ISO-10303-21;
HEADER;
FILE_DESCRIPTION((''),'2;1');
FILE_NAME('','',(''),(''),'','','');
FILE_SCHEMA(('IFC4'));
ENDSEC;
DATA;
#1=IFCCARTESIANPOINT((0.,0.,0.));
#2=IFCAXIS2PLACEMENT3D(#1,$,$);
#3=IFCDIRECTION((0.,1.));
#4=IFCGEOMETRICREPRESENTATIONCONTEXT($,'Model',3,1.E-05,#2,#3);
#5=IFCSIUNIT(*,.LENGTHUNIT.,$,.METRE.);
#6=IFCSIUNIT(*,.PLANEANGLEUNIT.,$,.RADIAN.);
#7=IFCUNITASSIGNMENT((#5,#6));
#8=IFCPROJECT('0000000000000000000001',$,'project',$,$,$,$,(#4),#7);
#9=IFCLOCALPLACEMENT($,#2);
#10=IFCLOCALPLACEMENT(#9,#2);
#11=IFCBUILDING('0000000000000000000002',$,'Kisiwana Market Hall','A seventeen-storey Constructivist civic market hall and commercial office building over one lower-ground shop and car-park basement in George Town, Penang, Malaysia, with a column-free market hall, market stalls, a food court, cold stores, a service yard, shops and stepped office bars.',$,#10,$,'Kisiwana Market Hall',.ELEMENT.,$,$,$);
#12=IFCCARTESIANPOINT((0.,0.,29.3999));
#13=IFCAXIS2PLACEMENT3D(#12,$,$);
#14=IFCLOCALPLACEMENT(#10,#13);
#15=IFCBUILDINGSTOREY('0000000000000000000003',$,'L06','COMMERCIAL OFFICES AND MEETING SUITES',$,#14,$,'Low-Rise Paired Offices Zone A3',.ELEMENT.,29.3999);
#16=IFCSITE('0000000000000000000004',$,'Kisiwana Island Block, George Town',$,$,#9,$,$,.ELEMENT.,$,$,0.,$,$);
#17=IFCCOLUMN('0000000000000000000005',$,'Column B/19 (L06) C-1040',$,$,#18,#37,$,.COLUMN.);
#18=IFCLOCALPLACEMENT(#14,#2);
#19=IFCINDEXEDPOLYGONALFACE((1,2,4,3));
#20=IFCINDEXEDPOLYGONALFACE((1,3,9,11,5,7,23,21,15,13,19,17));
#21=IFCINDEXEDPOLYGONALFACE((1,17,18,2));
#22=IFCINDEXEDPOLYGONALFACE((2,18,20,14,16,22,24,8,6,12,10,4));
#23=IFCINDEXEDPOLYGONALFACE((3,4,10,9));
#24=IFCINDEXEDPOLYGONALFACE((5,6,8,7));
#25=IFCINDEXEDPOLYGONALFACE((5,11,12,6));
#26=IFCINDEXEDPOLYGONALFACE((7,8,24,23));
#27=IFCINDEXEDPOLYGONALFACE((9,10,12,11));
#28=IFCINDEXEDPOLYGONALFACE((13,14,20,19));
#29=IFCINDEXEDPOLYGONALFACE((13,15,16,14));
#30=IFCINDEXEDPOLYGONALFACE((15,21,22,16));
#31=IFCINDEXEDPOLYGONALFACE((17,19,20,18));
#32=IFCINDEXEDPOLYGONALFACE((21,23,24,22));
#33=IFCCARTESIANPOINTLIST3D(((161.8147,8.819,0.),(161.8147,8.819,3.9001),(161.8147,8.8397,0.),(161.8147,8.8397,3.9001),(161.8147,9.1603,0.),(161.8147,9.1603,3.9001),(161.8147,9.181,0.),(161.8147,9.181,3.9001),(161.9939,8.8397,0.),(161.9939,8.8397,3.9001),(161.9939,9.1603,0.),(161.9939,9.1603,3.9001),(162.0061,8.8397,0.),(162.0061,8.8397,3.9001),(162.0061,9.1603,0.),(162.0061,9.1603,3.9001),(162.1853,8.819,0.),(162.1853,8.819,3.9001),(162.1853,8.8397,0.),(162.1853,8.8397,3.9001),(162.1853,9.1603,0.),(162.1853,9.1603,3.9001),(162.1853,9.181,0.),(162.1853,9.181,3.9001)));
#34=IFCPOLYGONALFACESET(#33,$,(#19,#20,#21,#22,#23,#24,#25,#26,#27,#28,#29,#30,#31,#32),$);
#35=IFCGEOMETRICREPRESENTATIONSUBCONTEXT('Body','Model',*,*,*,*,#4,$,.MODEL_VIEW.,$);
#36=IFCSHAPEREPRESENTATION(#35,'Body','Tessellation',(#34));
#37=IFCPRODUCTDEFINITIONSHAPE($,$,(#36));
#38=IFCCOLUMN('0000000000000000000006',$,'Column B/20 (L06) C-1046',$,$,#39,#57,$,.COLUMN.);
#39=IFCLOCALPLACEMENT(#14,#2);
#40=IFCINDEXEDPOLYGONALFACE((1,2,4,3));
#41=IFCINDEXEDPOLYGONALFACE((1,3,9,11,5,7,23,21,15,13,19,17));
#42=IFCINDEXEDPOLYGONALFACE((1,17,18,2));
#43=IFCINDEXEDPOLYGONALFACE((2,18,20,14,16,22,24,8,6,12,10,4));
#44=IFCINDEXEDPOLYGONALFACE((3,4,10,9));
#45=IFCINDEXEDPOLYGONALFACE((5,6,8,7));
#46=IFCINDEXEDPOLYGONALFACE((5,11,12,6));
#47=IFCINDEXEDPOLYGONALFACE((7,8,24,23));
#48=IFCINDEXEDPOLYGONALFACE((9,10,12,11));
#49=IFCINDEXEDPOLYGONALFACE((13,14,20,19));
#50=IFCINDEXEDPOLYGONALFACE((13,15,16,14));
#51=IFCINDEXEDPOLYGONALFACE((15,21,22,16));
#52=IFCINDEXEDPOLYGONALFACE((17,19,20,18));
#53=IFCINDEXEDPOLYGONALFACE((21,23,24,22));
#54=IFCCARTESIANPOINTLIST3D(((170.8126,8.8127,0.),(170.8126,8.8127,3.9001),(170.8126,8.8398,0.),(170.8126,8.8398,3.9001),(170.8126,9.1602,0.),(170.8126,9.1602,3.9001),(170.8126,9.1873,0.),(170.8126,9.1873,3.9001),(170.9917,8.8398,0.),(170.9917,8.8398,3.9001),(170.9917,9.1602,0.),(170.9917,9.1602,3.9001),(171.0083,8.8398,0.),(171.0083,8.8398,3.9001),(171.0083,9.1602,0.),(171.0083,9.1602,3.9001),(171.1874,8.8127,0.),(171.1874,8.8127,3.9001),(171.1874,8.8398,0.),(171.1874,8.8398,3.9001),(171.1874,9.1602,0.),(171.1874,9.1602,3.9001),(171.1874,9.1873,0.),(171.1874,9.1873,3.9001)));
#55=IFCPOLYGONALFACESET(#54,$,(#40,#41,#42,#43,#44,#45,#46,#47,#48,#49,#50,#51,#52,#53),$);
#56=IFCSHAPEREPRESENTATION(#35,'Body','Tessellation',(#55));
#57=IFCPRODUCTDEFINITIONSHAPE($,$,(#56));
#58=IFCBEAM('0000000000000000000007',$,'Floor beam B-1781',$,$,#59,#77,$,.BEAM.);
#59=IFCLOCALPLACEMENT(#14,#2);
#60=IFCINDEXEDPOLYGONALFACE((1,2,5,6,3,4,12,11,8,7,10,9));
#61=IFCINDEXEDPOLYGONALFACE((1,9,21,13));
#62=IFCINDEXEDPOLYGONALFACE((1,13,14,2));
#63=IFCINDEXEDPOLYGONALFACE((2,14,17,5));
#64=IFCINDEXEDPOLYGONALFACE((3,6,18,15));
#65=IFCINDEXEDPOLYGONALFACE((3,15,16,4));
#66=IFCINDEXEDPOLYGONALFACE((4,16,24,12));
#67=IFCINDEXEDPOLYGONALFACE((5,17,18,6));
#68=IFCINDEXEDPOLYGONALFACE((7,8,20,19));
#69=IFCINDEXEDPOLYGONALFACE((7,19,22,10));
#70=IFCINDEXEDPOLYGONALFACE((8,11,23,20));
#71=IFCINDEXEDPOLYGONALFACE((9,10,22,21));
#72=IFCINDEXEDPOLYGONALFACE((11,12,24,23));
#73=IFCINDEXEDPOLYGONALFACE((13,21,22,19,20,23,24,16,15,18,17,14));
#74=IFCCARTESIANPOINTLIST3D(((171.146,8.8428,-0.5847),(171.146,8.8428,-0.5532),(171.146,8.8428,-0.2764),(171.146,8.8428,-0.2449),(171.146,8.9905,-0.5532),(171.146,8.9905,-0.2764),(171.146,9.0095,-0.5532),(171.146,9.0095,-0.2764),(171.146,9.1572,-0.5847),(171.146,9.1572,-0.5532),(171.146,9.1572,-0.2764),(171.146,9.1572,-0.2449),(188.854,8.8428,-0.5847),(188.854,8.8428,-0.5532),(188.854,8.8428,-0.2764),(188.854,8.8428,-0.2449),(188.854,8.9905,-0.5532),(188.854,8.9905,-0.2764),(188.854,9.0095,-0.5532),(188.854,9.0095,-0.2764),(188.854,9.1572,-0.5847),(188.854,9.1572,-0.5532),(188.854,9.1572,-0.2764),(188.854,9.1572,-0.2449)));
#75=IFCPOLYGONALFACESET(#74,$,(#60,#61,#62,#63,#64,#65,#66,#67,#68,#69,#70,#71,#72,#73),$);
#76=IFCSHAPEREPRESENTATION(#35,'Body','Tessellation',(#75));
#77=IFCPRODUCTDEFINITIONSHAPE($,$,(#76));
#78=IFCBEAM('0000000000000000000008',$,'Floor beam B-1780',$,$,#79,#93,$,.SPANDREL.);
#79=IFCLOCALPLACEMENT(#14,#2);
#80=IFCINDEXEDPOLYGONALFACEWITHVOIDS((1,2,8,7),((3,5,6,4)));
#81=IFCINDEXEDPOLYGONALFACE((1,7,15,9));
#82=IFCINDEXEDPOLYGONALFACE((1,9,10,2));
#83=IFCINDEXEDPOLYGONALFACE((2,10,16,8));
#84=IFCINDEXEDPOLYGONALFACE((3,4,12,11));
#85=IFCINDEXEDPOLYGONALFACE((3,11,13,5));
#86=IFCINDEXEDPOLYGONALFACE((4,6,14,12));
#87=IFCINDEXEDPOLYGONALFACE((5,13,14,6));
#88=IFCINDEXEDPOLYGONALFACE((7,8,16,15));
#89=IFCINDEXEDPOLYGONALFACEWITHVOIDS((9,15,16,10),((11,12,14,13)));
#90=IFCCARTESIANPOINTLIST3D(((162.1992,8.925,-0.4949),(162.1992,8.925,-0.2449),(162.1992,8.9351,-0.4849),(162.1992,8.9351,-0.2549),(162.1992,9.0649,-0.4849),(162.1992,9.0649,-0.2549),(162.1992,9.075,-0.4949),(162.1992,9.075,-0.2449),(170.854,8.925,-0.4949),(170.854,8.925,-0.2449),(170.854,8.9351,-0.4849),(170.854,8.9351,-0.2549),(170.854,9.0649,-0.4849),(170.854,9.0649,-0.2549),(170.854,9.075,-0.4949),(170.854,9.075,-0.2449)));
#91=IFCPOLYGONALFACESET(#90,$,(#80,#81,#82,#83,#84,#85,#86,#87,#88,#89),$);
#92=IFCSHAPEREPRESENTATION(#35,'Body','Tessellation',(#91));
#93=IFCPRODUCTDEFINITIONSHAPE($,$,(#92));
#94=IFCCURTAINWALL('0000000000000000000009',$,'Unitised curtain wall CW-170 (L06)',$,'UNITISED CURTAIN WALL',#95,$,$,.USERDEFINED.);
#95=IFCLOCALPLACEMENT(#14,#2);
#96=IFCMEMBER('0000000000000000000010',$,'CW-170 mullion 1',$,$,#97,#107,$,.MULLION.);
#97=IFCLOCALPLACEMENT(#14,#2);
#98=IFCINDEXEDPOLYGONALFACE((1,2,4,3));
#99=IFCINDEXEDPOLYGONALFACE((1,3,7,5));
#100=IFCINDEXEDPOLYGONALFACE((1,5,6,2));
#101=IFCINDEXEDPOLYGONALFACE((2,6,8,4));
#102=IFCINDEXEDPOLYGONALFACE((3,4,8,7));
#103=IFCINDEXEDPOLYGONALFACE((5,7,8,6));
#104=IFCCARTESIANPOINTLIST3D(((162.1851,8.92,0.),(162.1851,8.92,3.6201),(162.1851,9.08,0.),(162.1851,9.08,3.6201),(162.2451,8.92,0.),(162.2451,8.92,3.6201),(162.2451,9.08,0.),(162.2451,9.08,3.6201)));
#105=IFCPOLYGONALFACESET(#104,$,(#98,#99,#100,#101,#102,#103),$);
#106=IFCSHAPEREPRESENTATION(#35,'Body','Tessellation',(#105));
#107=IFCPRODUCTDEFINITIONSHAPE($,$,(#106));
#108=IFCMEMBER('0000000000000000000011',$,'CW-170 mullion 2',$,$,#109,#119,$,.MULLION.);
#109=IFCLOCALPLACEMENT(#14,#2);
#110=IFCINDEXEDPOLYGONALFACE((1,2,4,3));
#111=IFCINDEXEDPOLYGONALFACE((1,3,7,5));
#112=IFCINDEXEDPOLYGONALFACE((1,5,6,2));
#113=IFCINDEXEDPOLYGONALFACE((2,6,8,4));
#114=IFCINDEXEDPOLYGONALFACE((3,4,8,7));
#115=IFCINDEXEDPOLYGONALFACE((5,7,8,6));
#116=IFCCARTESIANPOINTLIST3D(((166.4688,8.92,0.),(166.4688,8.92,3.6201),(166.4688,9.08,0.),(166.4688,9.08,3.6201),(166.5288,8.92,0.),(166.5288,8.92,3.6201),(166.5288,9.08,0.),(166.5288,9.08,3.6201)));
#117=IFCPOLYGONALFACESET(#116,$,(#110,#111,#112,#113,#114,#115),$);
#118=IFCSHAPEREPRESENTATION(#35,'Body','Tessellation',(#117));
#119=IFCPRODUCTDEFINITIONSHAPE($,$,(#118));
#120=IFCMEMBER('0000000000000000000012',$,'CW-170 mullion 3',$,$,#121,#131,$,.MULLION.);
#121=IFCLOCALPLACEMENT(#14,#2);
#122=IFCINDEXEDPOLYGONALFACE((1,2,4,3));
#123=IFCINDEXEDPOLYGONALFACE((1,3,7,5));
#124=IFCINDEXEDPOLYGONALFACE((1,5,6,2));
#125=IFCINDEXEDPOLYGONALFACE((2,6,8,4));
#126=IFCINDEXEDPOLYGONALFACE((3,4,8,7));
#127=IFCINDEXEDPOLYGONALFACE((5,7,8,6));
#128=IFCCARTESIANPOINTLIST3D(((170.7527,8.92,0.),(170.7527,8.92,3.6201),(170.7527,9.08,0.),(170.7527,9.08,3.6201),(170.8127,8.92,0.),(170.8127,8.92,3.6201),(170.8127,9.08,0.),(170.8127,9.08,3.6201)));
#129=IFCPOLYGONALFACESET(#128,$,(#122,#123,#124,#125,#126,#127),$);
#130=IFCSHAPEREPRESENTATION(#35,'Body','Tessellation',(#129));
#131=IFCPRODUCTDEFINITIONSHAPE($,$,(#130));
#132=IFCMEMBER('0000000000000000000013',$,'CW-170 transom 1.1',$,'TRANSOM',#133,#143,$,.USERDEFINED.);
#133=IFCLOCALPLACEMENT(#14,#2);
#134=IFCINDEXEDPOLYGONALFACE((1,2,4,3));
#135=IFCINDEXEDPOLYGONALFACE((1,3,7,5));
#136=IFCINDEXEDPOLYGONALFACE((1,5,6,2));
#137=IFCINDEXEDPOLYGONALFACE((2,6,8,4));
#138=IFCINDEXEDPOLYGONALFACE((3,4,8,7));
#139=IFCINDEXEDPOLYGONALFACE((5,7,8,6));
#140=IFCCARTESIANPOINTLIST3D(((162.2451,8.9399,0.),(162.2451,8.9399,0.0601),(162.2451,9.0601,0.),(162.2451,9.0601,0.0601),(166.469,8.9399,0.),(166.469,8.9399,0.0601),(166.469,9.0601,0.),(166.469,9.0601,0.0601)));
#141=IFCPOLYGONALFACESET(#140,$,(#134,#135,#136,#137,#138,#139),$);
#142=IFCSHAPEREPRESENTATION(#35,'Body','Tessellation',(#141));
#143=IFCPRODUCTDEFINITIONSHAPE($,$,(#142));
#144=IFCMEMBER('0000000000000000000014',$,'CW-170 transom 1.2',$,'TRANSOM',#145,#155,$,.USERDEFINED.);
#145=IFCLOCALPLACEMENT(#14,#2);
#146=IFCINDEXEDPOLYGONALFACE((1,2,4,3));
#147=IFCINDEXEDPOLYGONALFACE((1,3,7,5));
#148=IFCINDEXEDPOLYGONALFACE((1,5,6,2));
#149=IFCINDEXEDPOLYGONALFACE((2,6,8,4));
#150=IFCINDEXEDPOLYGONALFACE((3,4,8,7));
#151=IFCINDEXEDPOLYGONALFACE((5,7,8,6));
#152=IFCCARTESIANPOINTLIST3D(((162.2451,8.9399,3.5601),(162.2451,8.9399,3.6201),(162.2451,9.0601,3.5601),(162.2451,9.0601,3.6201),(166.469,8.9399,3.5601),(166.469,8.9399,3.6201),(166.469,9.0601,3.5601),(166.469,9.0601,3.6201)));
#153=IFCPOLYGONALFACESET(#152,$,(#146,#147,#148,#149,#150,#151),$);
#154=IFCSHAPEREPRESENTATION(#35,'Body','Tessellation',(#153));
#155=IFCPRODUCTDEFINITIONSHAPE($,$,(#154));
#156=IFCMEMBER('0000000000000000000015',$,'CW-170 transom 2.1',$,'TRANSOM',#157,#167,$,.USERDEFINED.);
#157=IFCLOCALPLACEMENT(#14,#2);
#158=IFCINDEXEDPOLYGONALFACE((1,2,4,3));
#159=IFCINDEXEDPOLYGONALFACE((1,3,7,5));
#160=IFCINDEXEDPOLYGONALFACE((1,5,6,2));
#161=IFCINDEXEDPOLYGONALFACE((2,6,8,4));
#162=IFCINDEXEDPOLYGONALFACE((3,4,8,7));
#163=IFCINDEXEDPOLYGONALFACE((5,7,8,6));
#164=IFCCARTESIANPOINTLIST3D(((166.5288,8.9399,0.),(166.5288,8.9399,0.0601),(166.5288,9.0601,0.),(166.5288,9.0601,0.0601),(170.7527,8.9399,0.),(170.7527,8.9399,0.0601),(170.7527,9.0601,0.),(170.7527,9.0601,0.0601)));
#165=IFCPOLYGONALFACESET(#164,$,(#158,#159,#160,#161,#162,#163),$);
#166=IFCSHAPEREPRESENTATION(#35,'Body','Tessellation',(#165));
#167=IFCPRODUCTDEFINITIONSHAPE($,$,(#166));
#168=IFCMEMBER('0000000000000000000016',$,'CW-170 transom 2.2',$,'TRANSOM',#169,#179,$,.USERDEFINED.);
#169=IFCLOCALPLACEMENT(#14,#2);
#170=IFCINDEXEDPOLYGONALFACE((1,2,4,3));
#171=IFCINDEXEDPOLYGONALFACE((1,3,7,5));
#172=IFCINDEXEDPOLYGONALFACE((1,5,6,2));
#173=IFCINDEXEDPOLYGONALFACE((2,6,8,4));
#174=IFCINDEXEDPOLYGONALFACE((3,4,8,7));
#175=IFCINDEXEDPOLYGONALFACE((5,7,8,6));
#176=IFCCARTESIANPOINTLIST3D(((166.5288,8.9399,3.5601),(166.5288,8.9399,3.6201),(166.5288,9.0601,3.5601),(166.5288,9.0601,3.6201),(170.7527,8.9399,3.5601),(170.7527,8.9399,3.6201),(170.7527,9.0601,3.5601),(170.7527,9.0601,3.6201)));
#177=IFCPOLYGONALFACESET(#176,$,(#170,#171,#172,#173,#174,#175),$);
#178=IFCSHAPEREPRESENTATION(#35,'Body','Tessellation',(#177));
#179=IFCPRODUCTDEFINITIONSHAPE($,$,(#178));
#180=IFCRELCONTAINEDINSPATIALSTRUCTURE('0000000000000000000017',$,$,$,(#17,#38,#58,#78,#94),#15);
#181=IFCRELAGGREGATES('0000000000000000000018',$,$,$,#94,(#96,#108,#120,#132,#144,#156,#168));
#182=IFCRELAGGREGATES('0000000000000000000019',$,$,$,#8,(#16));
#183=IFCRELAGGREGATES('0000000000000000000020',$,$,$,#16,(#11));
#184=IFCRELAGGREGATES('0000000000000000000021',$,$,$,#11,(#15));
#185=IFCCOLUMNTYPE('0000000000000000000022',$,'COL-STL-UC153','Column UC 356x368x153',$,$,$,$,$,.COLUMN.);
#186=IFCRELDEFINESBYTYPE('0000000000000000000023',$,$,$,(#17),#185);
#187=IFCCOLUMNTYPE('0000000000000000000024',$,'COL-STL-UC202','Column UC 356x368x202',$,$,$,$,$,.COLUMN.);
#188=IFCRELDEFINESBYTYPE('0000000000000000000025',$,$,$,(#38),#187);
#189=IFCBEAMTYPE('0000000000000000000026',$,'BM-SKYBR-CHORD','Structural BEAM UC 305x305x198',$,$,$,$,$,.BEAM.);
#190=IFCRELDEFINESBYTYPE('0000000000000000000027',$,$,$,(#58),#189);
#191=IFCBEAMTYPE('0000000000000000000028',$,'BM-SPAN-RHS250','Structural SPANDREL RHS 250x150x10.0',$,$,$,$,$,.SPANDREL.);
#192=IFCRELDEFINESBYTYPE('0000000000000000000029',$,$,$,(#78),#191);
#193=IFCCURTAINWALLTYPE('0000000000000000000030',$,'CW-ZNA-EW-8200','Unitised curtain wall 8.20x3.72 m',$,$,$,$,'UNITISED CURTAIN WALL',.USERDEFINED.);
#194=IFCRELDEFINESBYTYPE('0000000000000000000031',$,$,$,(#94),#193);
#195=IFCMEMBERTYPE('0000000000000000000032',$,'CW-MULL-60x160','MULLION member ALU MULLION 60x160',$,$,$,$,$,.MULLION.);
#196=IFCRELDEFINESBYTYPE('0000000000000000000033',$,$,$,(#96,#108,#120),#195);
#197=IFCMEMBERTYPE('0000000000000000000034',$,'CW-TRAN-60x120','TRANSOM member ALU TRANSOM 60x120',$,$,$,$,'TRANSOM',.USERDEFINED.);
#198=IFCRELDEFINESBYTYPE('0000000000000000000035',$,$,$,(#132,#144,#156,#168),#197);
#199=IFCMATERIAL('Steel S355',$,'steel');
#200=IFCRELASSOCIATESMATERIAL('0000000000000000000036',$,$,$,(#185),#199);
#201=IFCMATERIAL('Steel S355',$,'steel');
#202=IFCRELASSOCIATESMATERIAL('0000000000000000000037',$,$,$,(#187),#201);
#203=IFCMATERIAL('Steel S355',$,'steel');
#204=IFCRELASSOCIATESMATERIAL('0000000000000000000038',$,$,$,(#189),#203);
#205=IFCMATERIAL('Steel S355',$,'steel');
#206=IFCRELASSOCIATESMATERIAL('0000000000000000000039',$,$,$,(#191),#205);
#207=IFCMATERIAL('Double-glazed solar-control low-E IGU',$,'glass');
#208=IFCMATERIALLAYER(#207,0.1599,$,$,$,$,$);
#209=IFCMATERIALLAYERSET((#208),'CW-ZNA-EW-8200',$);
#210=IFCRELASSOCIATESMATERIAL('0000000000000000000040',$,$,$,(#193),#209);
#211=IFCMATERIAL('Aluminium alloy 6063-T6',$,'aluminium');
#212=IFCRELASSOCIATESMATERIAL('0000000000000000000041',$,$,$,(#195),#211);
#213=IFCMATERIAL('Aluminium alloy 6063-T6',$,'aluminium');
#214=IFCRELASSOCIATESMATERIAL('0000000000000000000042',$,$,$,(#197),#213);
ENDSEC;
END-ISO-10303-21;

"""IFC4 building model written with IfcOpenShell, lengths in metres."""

from ifc_helpers import new_model, si_unit, direction, frame, origin, origin_2d, place, context, subcontext, project, spatial, rectangle, hollow_rectangle, i_section, extrude, material, layer, layer_set, material_profile, profile_set, type_object, element, aggregate, save


model = new_model("IFC4")

# Units and contexts
model_context = context("Model", 3, precision=1e-05, world=origin(), true_north=direction((0.0, 1.0)))
body_context = subcontext(model_context, "Body", "Model", "MODEL_VIEW")
ifc_project = project(units=[si_unit("LENGTHUNIT", "METRE"), si_unit("PLANEANGLEUNIT", "RADIAN")], contexts=[model_context])

# Site, building, storey
site_placement = place(None, origin())
site = spatial("IfcSite", under=ifc_project, at=site_placement, Name="Kisiwana Island Block, George Town", CompositionType="ELEMENT", RefElevation=0.0)
building_placement = place(site_placement, origin())
building = spatial("IfcBuilding", under=site, at=building_placement, Name="Kisiwana Market Hall", Description="A seventeen-storey Constructivist civic market hall and commercial office building over one lower-ground shop and car-park basement in George Town, Penang, Malaysia, with a column-free market hall, market stalls, a food court, cold stores, a service yard, shops and stepped office bars.", LongName="Kisiwana Market Hall", CompositionType="ELEMENT")
storey_placement = place(building_placement, frame((0.0, 0.0, 29.3999)))
storey = spatial("IfcBuildingStorey", under=building, at=storey_placement, Name="L06", Description="COMMERCIAL OFFICES AND MEETING SUITES", LongName="Low-Rise Paired Offices Zone A3", CompositionType="ELEMENT", Elevation=29.3999)

# Columns
ifc_material_1 = material(Name="Steel S355", Category="steel")
ifc_material_profile_1 = material_profile(ifc_material_1, i_section(OverallWidth=0.3706, OverallDepth=0.3621, WebThickness=0.0122, FlangeThickness=0.0208, at=origin_2d()), Name="UC 356x368x153")
ifc_profile_set_1 = profile_set([ifc_material_profile_1], Name="Steel S355")
column_type_1 = type_object("IfcColumnType", Name="COL-STL-UC153", Description="Column UC 356x368x153", PredefinedType="COLUMN", material=ifc_profile_set_1)
column_1_placement = place(storey_placement, frame((162.0, 9.0, 0.0), z_axis=(0.0, 0.0, 1.0), x_axis=(1.0, 0.0, 0.0)))
element("IfcColumn", 1, at=column_1_placement, inside=storey, type_object=column_type_1, Name="Column B/19 (L06) C-1040", PredefinedType="COLUMN", context=body_context, shape_type="SweptSolid", body=[
    extrude(i_section(OverallWidth=0.3706, OverallDepth=0.3621, WebThickness=0.0122, FlangeThickness=0.0208, at=origin_2d()), origin(), (0.0, 0.0, 1.0), 3.9001),
])
ifc_material_2 = material(Name="Steel S355", Category="steel")
ifc_material_profile_2 = material_profile(ifc_material_2, i_section(OverallWidth=0.3748, OverallDepth=0.3745, WebThickness=0.0166, FlangeThickness=0.0271, at=origin_2d()), Name="UC 356x368x202")
ifc_profile_set_2 = profile_set([ifc_material_profile_2], Name="Steel S355")
column_type_2 = type_object("IfcColumnType", Name="COL-STL-UC202", Description="Column UC 356x368x202", PredefinedType="COLUMN", material=ifc_profile_set_2)
column_2_placement = place(storey_placement, frame((171.0, 9.0, 0.0), z_axis=(0.0, 0.0, 1.0), x_axis=(1.0, 0.0, 0.0)))
element("IfcColumn", 2, at=column_2_placement, inside=storey, type_object=column_type_2, Name="Column B/20 (L06) C-1046", PredefinedType="COLUMN", context=body_context, shape_type="SweptSolid", body=[
    extrude(i_section(OverallWidth=0.3748, OverallDepth=0.3745, WebThickness=0.0166, FlangeThickness=0.0271, at=origin_2d()), origin(), (0.0, 0.0, 1.0), 3.9001),
])

# Beams
ifc_material_3 = material(Name="Steel S355", Category="steel")
ifc_material_profile_3 = material_profile(ifc_material_3, i_section(OverallWidth=0.3145, OverallDepth=0.3398, WebThickness=0.019, FlangeThickness=0.0315, at=origin_2d()), Name="UC 305x305x198")
ifc_profile_set_3 = profile_set([ifc_material_profile_3], Name="Steel S355")
beam_type_1 = type_object("IfcBeamType", Name="BM-SKYBR-CHORD", Description="Structural BEAM UC 305x305x198", PredefinedType="BEAM", material=ifc_profile_set_3)
beam_1_placement = place(storey_placement, frame((171.146, 9.0, -0.4148), z_axis=(1.0, 0.0, 0.0), x_axis=(0.0, 1.0, 0.0)))
element("IfcBeam", 3, at=beam_1_placement, inside=storey, type_object=beam_type_1, Name="Floor beam B-1781", PredefinedType="BEAM", context=body_context, shape_type="SweptSolid", body=[
    extrude(i_section(OverallWidth=0.3145, OverallDepth=0.3398, WebThickness=0.019, FlangeThickness=0.0315, at=origin_2d()), origin(), (0.0, 0.0, 1.0), 17.708),
])
ifc_material_4 = material(Name="Steel S355", Category="steel")
ifc_material_profile_4 = material_profile(ifc_material_4, hollow_rectangle(XDim=0.1499, YDim=0.25, WallThickness=0.01, at=origin_2d()), Name="RHS 250x150x10.0")
ifc_profile_set_4 = profile_set([ifc_material_profile_4], Name="Steel S355")
beam_type_2 = type_object("IfcBeamType", Name="BM-SPAN-RHS250", Description="Structural SPANDREL RHS 250x150x10.0", PredefinedType="SPANDREL", material=ifc_profile_set_4)
beam_2_placement = place(storey_placement, frame((162.1992, 9.0, -0.3699), z_axis=(1.0, 0.0, 0.0), x_axis=(0.0, 1.0, 0.0)))
element("IfcBeam", 4, at=beam_2_placement, inside=storey, type_object=beam_type_2, Name="Floor beam B-1780", PredefinedType="SPANDREL", context=body_context, shape_type="SweptSolid", body=[
    extrude(hollow_rectangle(XDim=0.1499, YDim=0.25, WallThickness=0.01, at=origin_2d()), origin(), (0.0, 0.0, 1.0), 8.6548),
])

# Curtain wall, members
ifc_material_5 = material(Name="Double-glazed solar-control low-E IGU", Category="glass")
ifc_layer_1 = layer(ifc_material_5, 0.1599)
ifc_layer_set_1 = layer_set([ifc_layer_1], Name="CW-ZNA-EW-8200")
curtain_wall_type = type_object("IfcCurtainWallType", Name="CW-ZNA-EW-8200", Description="Unitised curtain wall 8.20x3.72 m", ElementType="UNITISED CURTAIN WALL", PredefinedType="USERDEFINED", material=ifc_layer_set_1)
curtain_wall_placement = place(storey_placement, origin())
curtain_wall = element("IfcCurtainWall", 5, at=curtain_wall_placement, inside=storey, type_object=curtain_wall_type, Name="Unitised curtain wall CW-170 (L06)", ObjectType="UNITISED CURTAIN WALL", PredefinedType="USERDEFINED")
ifc_material_6 = material(Name="Aluminium alloy 6063-T6", Category="aluminium")
ifc_material_profile_5 = material_profile(ifc_material_6, rectangle(XDim=0.0601, YDim=0.1599, at=origin_2d()), Name="ALU MULLION 60x160")
ifc_profile_set_5 = profile_set([ifc_material_profile_5], Name="Aluminium alloy 6063-T6")
member_type_1 = type_object("IfcMemberType", Name="CW-MULL-60x160", Description="MULLION member ALU MULLION 60x160", PredefinedType="MULLION", material=ifc_profile_set_5)
member_1_placement = place(storey_placement, frame((162.2151, 9.0, 0.0), z_axis=(0.0, 0.0, 1.0), x_axis=(1.0, 0.0, 0.0)))
member_1 = element("IfcMember", 6, at=member_1_placement, type_object=member_type_1, Name="CW-170 mullion 1", PredefinedType="MULLION", context=body_context, shape_type="SweptSolid", body=[
    extrude(rectangle(XDim=0.0601, YDim=0.1599, at=origin_2d()), origin(), (0.0, 0.0, 1.0), 3.6201),
])
member_2_placement = place(storey_placement, frame((166.4988, 9.0, 0.0), z_axis=(0.0, 0.0, 1.0), x_axis=(1.0, 0.0, 0.0)))
member_2 = element("IfcMember", 7, at=member_2_placement, type_object=member_type_1, Name="CW-170 mullion 2", PredefinedType="MULLION", context=body_context, shape_type="SweptSolid", body=[
    extrude(rectangle(XDim=0.0601, YDim=0.1599, at=origin_2d()), origin(), (0.0, 0.0, 1.0), 3.6201),
])
member_3_placement = place(storey_placement, frame((170.7827, 9.0, 0.0), z_axis=(0.0, 0.0, 1.0), x_axis=(1.0, 0.0, 0.0)))
member_3 = element("IfcMember", 8, at=member_3_placement, type_object=member_type_1, Name="CW-170 mullion 3", PredefinedType="MULLION", context=body_context, shape_type="SweptSolid", body=[
    extrude(rectangle(XDim=0.0601, YDim=0.1599, at=origin_2d()), origin(), (0.0, 0.0, 1.0), 3.6201),
])
ifc_material_7 = material(Name="Aluminium alloy 6063-T6", Category="aluminium")
ifc_material_profile_6 = material_profile(ifc_material_7, rectangle(XDim=0.1201, YDim=0.0601, at=origin_2d()), Name="ALU TRANSOM 60x120")
ifc_profile_set_6 = profile_set([ifc_material_profile_6], Name="Aluminium alloy 6063-T6")
member_type_2 = type_object("IfcMemberType", Name="CW-TRAN-60x120", Description="TRANSOM member ALU TRANSOM 60x120", ElementType="TRANSOM", PredefinedType="USERDEFINED", material=ifc_profile_set_6)
member_4_placement = place(storey_placement, frame((162.2451, 9.0, 0.03), z_axis=(1.0, 0.0, 0.0), x_axis=(0.0, 1.0, 0.0)))
member_4 = element("IfcMember", 9, at=member_4_placement, type_object=member_type_2, Name="CW-170 transom 1.1", ObjectType="TRANSOM", PredefinedType="USERDEFINED", context=body_context, shape_type="SweptSolid", body=[
    extrude(rectangle(XDim=0.1201, YDim=0.0601, at=origin_2d()), origin(), (0.0, 0.0, 1.0), 4.2239),
])
member_5_placement = place(storey_placement, frame((162.2451, 9.0, 3.5901), z_axis=(1.0, 0.0, 0.0), x_axis=(0.0, 1.0, 0.0)))
member_5 = element("IfcMember", 10, at=member_5_placement, type_object=member_type_2, Name="CW-170 transom 1.2", ObjectType="TRANSOM", PredefinedType="USERDEFINED", context=body_context, shape_type="SweptSolid", body=[
    extrude(rectangle(XDim=0.1201, YDim=0.0601, at=origin_2d()), origin(), (0.0, 0.0, 1.0), 4.2239),
])
member_6_placement = place(storey_placement, frame((166.5288, 9.0, 0.03), z_axis=(1.0, 0.0, 0.0), x_axis=(0.0, 1.0, 0.0)))
member_6 = element("IfcMember", 11, at=member_6_placement, type_object=member_type_2, Name="CW-170 transom 2.1", ObjectType="TRANSOM", PredefinedType="USERDEFINED", context=body_context, shape_type="SweptSolid", body=[
    extrude(rectangle(XDim=0.1201, YDim=0.0601, at=origin_2d()), origin(), (0.0, 0.0, 1.0), 4.2239),
])
member_7_placement = place(storey_placement, frame((166.5288, 9.0, 3.5901), z_axis=(1.0, 0.0, 0.0), x_axis=(0.0, 1.0, 0.0)))
member_7 = element("IfcMember", 12, at=member_7_placement, type_object=member_type_2, Name="CW-170 transom 2.2", ObjectType="TRANSOM", PredefinedType="USERDEFINED", context=body_context, shape_type="SweptSolid", body=[
    extrude(rectangle(XDim=0.1201, YDim=0.0601, at=origin_2d()), origin(), (0.0, 0.0, 1.0), 4.2239),
])
aggregate(curtain_wall, [member_1, member_2, member_3, member_4, member_5, member_6, member_7])

save(model, "model.ifc")
